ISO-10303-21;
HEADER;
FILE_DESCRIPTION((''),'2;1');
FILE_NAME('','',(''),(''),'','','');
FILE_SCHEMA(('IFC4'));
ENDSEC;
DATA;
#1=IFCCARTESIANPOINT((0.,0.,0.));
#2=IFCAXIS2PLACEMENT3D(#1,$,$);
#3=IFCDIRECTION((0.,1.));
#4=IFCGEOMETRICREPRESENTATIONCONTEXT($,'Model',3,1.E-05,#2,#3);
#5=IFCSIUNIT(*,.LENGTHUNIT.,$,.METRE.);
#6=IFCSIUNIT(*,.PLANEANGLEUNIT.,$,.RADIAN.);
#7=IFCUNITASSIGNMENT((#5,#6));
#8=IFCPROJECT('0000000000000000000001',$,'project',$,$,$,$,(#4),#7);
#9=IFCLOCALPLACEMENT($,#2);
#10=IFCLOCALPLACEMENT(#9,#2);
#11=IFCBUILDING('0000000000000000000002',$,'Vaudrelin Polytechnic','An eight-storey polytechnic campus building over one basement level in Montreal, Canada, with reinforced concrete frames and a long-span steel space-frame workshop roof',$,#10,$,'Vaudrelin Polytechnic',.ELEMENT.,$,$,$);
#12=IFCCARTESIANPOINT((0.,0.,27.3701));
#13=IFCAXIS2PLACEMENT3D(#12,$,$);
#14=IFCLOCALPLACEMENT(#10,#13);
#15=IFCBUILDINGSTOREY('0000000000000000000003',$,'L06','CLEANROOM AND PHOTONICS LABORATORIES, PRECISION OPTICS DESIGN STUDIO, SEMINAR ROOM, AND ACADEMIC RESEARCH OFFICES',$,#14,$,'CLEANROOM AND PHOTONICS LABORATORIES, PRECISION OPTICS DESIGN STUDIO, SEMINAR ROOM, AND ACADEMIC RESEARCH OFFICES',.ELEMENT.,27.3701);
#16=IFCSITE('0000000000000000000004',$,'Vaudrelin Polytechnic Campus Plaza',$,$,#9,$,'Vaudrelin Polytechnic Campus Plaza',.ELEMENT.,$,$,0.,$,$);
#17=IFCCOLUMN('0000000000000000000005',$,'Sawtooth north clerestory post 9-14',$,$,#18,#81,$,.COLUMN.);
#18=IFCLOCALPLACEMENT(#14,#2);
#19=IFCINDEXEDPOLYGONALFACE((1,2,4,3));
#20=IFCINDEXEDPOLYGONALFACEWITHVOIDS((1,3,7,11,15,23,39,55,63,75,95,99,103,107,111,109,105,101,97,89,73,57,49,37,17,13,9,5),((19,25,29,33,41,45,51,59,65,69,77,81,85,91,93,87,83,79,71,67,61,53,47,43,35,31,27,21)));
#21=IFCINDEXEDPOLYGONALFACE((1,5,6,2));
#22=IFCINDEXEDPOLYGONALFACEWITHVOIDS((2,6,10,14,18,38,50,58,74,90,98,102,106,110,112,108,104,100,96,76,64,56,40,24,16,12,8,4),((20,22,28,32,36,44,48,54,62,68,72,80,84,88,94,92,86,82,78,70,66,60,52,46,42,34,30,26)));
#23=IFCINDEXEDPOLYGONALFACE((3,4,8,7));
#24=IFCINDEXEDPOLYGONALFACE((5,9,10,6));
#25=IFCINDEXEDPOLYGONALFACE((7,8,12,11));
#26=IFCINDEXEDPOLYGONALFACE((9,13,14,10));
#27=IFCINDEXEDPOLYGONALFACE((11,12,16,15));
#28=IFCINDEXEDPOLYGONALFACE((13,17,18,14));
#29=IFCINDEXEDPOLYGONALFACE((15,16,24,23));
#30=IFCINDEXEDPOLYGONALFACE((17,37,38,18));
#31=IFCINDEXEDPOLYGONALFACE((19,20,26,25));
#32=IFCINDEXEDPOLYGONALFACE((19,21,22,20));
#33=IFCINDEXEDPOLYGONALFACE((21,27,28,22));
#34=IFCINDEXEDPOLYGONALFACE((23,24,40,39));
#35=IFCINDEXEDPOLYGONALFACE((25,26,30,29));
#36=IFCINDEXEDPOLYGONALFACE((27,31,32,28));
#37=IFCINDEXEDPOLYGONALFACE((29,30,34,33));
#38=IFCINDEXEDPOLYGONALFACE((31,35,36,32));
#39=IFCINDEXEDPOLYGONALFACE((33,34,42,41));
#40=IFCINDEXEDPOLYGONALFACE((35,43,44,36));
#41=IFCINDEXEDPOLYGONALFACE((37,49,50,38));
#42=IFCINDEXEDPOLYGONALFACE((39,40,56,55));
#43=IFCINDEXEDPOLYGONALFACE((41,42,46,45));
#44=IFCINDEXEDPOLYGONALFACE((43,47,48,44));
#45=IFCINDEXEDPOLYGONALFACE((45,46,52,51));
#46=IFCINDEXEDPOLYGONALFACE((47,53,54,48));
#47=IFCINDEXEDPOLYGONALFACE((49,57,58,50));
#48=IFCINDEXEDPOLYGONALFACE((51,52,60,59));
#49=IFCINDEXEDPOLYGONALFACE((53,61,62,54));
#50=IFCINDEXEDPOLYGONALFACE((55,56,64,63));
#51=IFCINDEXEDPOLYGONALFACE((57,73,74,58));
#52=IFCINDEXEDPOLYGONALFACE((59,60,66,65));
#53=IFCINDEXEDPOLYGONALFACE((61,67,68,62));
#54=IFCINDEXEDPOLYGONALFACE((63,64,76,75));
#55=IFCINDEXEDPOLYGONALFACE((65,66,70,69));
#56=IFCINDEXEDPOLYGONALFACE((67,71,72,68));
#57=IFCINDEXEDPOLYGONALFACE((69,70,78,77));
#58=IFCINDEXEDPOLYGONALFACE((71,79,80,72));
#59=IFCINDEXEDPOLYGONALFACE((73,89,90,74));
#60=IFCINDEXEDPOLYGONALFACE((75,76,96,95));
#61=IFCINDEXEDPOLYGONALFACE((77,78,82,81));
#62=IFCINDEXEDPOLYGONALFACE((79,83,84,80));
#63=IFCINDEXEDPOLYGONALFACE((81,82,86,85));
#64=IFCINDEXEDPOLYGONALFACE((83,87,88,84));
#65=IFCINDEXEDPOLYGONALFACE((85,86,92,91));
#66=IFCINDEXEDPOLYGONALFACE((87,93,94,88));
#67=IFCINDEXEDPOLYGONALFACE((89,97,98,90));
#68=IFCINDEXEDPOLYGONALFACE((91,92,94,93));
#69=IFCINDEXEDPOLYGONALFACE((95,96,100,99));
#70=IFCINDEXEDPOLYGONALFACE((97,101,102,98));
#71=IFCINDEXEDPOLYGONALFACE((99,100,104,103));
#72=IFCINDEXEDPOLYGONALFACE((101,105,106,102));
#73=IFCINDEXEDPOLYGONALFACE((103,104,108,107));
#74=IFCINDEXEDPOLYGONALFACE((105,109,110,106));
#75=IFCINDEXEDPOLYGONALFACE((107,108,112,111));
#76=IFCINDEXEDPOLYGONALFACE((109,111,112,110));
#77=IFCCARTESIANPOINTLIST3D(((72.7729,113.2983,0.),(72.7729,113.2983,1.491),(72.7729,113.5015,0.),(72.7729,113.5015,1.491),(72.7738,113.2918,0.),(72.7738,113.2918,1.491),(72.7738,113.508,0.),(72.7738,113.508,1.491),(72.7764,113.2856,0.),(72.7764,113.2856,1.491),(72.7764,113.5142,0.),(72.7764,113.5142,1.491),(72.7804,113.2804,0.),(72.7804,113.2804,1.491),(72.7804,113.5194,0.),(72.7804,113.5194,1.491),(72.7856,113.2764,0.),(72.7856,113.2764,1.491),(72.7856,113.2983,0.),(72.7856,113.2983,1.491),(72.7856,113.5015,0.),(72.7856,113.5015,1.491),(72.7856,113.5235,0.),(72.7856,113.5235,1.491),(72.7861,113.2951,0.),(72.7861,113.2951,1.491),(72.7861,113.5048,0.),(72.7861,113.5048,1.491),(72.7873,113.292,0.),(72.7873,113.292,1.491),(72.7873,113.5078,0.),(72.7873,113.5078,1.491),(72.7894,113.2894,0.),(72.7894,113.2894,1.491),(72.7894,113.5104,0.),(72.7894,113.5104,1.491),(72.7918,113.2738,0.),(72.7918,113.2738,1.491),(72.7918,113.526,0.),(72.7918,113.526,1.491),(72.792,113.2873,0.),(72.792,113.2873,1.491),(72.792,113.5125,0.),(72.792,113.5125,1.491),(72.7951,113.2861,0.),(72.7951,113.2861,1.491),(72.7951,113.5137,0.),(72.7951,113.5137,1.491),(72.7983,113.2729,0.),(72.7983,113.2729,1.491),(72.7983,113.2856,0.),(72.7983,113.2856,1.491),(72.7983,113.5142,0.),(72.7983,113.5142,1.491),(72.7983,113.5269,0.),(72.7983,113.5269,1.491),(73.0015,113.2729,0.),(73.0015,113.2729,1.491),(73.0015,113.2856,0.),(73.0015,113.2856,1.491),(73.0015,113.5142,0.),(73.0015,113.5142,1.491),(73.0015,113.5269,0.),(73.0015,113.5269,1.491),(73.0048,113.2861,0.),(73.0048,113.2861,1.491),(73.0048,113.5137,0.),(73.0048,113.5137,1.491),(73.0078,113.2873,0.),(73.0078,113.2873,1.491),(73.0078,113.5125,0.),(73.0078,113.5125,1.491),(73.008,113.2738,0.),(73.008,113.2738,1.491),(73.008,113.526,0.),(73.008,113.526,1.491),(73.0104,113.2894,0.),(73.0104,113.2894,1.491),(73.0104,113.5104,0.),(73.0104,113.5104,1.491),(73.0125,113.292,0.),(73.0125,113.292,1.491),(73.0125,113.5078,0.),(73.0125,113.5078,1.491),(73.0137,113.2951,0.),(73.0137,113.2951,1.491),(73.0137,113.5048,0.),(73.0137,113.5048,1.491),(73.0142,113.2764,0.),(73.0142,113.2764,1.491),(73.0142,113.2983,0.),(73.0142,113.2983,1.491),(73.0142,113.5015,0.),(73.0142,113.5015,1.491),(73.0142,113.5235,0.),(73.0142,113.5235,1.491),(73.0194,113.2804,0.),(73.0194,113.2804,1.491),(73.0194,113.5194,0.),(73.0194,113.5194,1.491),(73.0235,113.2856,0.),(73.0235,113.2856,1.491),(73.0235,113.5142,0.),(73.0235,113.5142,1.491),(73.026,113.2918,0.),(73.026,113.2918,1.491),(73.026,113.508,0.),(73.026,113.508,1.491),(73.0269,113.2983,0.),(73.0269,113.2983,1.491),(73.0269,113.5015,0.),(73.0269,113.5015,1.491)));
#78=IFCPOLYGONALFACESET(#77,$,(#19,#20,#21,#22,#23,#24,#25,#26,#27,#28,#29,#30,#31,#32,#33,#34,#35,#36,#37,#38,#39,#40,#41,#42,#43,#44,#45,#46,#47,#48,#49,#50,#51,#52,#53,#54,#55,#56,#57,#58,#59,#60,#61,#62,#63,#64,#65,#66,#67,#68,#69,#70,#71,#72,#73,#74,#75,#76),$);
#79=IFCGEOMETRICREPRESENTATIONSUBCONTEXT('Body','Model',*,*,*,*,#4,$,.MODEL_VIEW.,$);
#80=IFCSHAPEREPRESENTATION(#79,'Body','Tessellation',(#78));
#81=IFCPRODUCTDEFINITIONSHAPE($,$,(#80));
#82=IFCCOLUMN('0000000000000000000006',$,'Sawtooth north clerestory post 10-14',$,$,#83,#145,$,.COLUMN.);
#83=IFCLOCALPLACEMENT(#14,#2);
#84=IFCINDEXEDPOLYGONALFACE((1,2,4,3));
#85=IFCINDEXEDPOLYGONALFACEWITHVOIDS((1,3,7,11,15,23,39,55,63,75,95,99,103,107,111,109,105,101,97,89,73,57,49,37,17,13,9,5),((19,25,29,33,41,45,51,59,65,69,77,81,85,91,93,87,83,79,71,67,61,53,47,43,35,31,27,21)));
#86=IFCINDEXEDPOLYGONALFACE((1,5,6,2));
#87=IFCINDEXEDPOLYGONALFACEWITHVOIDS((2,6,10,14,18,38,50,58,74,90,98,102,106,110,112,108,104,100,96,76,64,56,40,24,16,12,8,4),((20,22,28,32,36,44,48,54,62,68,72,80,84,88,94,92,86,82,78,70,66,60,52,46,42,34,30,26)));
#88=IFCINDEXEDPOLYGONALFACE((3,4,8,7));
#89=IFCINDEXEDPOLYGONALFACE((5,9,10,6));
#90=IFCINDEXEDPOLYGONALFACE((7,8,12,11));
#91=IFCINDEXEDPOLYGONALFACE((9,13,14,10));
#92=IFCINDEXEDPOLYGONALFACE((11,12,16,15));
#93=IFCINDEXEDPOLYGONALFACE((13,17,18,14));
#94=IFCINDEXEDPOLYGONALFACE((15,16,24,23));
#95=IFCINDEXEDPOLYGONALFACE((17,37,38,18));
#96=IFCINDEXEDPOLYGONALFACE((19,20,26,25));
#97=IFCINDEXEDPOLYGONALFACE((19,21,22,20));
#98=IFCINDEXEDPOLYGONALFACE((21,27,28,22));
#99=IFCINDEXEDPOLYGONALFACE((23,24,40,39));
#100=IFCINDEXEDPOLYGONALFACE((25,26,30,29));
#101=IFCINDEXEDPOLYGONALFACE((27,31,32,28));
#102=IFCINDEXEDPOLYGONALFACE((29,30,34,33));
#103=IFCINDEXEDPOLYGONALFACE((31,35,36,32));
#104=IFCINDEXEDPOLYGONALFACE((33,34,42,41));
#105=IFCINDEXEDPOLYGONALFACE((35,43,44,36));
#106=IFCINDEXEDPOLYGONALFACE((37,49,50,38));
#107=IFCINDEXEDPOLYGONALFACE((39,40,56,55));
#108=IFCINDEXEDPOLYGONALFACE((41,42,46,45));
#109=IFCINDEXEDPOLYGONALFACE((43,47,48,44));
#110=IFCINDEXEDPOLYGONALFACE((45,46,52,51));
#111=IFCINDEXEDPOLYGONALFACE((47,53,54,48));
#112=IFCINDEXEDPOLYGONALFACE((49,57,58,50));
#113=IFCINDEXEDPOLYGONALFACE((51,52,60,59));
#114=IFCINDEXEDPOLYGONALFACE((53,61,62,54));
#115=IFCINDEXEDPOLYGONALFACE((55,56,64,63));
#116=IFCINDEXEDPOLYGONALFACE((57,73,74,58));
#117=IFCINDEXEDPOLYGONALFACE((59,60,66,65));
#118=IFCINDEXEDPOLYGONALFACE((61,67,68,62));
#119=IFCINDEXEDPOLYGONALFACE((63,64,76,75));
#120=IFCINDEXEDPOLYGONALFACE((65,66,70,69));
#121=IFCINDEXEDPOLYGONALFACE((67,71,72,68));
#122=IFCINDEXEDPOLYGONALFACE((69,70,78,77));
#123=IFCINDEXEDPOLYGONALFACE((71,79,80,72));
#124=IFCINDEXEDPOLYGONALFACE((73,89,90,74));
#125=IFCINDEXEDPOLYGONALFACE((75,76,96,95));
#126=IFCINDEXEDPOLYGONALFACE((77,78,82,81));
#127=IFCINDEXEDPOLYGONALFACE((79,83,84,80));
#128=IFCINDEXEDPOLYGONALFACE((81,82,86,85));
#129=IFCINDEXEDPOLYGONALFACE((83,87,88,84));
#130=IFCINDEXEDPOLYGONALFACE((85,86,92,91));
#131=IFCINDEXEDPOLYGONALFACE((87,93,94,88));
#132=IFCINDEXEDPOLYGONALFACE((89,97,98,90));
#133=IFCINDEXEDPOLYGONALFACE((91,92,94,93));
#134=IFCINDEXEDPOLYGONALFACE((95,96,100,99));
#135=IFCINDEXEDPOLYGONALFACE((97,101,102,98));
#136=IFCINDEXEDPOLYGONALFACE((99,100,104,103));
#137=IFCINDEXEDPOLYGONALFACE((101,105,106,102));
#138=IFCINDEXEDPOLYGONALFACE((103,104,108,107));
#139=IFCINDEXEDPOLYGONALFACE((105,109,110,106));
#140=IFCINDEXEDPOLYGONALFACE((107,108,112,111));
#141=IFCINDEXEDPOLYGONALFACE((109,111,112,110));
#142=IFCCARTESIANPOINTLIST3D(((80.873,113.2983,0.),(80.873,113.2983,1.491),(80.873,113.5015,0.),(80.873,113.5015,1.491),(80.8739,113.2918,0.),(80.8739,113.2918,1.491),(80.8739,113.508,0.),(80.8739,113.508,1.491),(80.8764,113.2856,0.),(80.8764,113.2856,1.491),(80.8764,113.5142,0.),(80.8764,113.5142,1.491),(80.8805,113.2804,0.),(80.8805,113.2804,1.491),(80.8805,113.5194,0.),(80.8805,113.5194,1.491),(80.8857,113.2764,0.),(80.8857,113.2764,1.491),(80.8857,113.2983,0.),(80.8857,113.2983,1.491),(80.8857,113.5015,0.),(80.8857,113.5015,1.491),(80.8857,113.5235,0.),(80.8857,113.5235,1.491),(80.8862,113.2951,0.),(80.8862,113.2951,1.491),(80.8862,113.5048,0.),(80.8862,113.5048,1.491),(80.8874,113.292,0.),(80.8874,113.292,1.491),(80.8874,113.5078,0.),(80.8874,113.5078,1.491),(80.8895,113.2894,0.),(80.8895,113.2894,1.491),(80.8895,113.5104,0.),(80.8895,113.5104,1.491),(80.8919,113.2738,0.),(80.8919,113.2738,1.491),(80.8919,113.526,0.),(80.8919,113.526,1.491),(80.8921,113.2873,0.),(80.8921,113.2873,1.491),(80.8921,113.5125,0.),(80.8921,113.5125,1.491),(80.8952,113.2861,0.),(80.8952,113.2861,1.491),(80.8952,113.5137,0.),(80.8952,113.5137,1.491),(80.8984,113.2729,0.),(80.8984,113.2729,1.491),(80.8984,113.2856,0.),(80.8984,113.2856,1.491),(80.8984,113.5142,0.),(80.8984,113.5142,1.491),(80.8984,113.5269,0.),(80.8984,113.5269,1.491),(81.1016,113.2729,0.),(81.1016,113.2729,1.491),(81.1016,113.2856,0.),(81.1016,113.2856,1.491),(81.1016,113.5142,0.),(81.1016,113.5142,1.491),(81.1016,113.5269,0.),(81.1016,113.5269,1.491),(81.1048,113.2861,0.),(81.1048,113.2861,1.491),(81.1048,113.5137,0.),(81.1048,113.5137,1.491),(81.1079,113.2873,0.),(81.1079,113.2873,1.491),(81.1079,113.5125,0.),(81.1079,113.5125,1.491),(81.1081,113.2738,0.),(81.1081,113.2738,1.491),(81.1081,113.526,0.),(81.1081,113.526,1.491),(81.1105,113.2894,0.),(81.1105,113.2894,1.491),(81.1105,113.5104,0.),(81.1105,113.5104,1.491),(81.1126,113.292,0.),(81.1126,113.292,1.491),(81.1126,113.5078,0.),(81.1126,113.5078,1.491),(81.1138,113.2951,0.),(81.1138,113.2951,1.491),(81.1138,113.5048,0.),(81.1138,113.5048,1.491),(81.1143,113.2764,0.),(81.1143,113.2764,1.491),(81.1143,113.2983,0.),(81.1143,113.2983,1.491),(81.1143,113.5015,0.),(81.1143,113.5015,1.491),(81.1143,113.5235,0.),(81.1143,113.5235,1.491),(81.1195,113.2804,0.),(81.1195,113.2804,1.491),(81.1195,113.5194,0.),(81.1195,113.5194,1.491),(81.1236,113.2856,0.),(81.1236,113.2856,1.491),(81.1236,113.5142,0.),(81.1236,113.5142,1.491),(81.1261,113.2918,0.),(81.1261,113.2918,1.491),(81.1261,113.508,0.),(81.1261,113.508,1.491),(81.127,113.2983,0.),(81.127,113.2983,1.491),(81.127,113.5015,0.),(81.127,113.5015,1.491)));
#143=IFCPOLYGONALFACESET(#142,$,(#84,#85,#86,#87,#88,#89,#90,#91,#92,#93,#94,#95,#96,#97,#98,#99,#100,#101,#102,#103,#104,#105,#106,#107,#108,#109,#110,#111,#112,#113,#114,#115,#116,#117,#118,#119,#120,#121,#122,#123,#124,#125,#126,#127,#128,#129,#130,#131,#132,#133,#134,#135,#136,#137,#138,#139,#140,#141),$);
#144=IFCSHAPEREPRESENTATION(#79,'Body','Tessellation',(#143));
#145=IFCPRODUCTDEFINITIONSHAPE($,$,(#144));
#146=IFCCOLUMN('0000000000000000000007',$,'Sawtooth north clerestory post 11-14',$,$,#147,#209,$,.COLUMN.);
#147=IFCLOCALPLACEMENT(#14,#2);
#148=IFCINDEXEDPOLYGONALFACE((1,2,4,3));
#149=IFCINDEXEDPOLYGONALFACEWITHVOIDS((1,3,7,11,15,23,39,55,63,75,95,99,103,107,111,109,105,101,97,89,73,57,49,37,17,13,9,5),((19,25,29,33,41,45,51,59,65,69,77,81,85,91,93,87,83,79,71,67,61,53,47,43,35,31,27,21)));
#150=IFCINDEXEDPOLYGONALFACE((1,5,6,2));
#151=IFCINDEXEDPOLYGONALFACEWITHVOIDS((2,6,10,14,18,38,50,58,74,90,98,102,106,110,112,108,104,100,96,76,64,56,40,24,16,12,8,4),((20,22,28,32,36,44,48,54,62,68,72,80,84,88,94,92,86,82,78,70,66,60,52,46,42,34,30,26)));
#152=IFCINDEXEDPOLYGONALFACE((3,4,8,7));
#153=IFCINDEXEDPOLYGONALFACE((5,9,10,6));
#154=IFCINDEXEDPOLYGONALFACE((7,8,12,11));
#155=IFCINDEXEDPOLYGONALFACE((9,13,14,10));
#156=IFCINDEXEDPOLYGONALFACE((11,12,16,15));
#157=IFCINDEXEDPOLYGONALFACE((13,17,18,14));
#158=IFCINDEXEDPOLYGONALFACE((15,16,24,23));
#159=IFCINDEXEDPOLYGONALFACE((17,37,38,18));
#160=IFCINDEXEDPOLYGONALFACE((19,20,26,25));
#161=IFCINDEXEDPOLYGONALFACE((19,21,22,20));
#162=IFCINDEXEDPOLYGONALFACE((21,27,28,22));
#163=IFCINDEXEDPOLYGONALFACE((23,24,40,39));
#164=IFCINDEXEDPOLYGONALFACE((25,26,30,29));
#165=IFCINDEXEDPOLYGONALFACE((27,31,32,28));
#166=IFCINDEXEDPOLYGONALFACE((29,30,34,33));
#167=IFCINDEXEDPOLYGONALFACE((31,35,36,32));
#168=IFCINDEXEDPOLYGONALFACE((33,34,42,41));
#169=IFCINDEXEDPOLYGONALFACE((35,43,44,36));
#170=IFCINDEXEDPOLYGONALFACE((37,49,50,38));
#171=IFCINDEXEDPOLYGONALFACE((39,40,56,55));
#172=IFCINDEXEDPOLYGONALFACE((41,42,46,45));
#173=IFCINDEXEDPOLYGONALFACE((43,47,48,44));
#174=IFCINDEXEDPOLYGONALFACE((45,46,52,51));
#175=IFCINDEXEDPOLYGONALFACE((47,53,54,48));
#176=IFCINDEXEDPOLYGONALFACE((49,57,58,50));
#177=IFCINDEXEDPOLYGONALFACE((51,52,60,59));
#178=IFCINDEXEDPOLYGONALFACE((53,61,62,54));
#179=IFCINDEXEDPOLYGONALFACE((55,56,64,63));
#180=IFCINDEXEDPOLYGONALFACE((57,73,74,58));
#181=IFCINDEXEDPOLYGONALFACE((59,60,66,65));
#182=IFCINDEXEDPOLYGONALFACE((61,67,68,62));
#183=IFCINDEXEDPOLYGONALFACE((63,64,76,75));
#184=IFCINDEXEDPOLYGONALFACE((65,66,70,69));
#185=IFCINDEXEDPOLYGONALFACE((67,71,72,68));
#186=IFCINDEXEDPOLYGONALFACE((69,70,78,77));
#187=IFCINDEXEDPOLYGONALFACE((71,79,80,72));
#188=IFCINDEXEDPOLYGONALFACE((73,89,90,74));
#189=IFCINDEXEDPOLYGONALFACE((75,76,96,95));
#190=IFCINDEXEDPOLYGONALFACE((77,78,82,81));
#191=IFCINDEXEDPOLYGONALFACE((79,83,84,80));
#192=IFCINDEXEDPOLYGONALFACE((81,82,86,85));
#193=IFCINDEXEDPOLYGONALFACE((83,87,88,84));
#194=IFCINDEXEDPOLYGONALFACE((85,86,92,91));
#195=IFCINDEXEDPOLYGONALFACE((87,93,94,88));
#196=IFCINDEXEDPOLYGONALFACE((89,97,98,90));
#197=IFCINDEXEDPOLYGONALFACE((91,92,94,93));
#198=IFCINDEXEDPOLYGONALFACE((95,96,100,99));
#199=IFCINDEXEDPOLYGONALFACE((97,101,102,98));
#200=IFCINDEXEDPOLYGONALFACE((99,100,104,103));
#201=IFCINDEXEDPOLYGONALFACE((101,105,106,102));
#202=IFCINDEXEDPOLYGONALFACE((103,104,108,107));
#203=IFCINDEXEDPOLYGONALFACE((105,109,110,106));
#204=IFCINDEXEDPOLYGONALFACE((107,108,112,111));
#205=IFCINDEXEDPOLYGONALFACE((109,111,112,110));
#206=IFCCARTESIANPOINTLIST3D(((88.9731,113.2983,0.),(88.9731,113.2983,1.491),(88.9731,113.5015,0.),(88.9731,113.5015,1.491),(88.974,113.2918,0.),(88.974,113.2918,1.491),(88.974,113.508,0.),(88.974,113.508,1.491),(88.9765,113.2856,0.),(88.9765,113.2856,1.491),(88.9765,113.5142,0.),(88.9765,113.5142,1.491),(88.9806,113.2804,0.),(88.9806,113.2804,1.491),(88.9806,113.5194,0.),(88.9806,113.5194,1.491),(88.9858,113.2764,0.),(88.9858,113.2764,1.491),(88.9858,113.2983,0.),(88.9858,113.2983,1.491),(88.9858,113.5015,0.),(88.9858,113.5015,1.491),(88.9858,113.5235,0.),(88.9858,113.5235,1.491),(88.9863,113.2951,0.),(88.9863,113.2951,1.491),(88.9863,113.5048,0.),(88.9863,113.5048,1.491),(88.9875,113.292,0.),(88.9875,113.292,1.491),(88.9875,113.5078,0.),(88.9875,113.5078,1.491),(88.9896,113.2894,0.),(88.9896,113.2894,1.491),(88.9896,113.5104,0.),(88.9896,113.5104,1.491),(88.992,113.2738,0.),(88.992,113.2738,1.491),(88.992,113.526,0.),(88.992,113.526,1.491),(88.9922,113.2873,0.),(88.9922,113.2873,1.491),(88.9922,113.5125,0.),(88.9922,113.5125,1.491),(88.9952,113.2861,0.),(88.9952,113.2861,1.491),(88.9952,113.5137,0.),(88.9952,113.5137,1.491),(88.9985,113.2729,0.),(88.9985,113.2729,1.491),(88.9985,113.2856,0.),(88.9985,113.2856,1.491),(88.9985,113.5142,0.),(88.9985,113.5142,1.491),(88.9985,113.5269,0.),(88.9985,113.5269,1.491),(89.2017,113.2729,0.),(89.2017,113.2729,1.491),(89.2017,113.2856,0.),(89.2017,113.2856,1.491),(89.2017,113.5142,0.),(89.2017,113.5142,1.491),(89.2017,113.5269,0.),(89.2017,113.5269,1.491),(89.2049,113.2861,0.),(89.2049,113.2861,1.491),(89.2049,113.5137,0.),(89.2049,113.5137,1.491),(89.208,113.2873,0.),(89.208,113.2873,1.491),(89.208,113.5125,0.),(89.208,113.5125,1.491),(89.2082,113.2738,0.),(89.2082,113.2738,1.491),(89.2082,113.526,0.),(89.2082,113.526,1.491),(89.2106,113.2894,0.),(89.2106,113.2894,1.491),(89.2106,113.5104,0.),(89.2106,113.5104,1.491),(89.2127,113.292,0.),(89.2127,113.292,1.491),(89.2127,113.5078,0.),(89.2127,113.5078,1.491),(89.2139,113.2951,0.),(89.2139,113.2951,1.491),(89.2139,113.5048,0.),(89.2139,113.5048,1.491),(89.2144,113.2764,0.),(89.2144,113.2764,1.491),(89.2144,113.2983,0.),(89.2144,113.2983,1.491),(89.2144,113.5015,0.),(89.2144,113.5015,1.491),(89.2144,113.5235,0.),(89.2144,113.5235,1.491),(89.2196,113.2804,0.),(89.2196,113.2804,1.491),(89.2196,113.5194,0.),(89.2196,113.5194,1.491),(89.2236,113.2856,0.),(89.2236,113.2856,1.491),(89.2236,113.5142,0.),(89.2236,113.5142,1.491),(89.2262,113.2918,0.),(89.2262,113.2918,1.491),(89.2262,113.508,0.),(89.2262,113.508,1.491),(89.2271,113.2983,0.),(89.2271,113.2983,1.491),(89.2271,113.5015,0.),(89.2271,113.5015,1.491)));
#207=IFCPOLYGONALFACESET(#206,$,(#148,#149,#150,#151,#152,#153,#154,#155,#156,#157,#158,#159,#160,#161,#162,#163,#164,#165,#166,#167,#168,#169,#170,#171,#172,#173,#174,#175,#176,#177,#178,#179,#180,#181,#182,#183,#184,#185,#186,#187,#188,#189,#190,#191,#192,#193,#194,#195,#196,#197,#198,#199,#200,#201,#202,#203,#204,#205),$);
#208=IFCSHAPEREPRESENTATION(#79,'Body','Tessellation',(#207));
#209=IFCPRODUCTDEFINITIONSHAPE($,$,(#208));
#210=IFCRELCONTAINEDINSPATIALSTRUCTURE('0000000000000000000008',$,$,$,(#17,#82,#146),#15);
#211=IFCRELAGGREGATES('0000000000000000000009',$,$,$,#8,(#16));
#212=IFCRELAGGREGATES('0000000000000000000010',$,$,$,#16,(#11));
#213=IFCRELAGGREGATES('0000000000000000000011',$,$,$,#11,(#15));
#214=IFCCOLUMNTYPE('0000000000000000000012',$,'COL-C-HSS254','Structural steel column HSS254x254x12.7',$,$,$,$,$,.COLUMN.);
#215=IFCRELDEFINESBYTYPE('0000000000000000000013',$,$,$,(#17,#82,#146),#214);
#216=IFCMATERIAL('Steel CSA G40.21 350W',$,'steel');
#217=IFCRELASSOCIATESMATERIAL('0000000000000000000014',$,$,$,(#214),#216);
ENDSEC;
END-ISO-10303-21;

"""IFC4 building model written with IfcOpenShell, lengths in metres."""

from ifc_helpers import new_model, si_unit, direction, frame, origin, origin_2d, place, context, subcontext, project, spatial, hollow_rectangle, extrude, material, material_profile, profile_set, type_object, element, save


model = new_model("IFC4")

# Units and contexts
model_context = context("Model", 3, precision=1e-05, world=origin(), true_north=direction((0.0, 1.0)))
body_context = subcontext(model_context, "Body", "Model", "MODEL_VIEW")
ifc_project = project(units=[si_unit("LENGTHUNIT", "METRE"), si_unit("PLANEANGLEUNIT", "RADIAN")], contexts=[model_context])

# Site, building, storey
site_placement = place(None, origin())
site = spatial("IfcSite", under=ifc_project, at=site_placement, Name="Vaudrelin Polytechnic Campus Plaza", LongName="Vaudrelin Polytechnic Campus Plaza", CompositionType="ELEMENT", RefElevation=0.0)
building_placement = place(site_placement, origin())
building = spatial("IfcBuilding", under=site, at=building_placement, Name="Vaudrelin Polytechnic", Description="An eight-storey polytechnic campus building over one basement level in Montreal, Canada, with reinforced concrete frames and a long-span steel space-frame workshop roof", LongName="Vaudrelin Polytechnic", CompositionType="ELEMENT")
storey_placement = place(building_placement, frame((0.0, 0.0, 27.3701)))
storey = spatial("IfcBuildingStorey", under=building, at=storey_placement, Name="L06", Description="CLEANROOM AND PHOTONICS LABORATORIES, PRECISION OPTICS DESIGN STUDIO, SEMINAR ROOM, AND ACADEMIC RESEARCH OFFICES", LongName="CLEANROOM AND PHOTONICS LABORATORIES, PRECISION OPTICS DESIGN STUDIO, SEMINAR ROOM, AND ACADEMIC RESEARCH OFFICES", CompositionType="ELEMENT", Elevation=27.3701)

# Columns
ifc_material_1 = material(Name="Steel CSA G40.21 350W", Category="steel")
ifc_material_profile_1 = material_profile(ifc_material_1, hollow_rectangle(XDim=0.2539, YDim=0.2539, WallThickness=0.0127, InnerFilletRadius=0.0127, OuterFilletRadius=0.0254, at=origin_2d()), Name="HSS254x254x12.7")
ifc_profile_set_1 = profile_set([ifc_material_profile_1], Name="Steel CSA G40.21 350W")
column_type = type_object("IfcColumnType", Name="COL-C-HSS254", Description="Structural steel column HSS254x254x12.7", PredefinedType="COLUMN", material=ifc_profile_set_1)
for number, where, z_axis, x_axis, name in (
    (1, (72.8999, 113.3999, 0.0), (0.0, 0.0, 1.0), (1.0, 0.0, 0.0), "Sawtooth north clerestory post 9-14"),
    (2, (81.0, 113.3999, 0.0), (0.0, 0.0, 1.0), (1.0, 0.0, 0.0), "Sawtooth north clerestory post 10-14"),
    (3, (89.1001, 113.3999, 0.0), (0.0, 0.0, 1.0), (1.0, 0.0, 0.0), "Sawtooth north clerestory post 11-14"),
):
    element("IfcColumn", number, at=place(storey_placement, frame(where, z_axis=z_axis, x_axis=x_axis)), inside=storey, type_object=column_type, Name=name, PredefinedType="COLUMN", context=body_context, shape_type="SweptSolid", body=[
        extrude(hollow_rectangle(XDim=0.2539, YDim=0.2539, WallThickness=0.0127, InnerFilletRadius=0.0127, OuterFilletRadius=0.0254, at=origin_2d()), origin(), (0.0, 0.0, 1.0), 1.491),
    ])

save(model, "model.ifc")
